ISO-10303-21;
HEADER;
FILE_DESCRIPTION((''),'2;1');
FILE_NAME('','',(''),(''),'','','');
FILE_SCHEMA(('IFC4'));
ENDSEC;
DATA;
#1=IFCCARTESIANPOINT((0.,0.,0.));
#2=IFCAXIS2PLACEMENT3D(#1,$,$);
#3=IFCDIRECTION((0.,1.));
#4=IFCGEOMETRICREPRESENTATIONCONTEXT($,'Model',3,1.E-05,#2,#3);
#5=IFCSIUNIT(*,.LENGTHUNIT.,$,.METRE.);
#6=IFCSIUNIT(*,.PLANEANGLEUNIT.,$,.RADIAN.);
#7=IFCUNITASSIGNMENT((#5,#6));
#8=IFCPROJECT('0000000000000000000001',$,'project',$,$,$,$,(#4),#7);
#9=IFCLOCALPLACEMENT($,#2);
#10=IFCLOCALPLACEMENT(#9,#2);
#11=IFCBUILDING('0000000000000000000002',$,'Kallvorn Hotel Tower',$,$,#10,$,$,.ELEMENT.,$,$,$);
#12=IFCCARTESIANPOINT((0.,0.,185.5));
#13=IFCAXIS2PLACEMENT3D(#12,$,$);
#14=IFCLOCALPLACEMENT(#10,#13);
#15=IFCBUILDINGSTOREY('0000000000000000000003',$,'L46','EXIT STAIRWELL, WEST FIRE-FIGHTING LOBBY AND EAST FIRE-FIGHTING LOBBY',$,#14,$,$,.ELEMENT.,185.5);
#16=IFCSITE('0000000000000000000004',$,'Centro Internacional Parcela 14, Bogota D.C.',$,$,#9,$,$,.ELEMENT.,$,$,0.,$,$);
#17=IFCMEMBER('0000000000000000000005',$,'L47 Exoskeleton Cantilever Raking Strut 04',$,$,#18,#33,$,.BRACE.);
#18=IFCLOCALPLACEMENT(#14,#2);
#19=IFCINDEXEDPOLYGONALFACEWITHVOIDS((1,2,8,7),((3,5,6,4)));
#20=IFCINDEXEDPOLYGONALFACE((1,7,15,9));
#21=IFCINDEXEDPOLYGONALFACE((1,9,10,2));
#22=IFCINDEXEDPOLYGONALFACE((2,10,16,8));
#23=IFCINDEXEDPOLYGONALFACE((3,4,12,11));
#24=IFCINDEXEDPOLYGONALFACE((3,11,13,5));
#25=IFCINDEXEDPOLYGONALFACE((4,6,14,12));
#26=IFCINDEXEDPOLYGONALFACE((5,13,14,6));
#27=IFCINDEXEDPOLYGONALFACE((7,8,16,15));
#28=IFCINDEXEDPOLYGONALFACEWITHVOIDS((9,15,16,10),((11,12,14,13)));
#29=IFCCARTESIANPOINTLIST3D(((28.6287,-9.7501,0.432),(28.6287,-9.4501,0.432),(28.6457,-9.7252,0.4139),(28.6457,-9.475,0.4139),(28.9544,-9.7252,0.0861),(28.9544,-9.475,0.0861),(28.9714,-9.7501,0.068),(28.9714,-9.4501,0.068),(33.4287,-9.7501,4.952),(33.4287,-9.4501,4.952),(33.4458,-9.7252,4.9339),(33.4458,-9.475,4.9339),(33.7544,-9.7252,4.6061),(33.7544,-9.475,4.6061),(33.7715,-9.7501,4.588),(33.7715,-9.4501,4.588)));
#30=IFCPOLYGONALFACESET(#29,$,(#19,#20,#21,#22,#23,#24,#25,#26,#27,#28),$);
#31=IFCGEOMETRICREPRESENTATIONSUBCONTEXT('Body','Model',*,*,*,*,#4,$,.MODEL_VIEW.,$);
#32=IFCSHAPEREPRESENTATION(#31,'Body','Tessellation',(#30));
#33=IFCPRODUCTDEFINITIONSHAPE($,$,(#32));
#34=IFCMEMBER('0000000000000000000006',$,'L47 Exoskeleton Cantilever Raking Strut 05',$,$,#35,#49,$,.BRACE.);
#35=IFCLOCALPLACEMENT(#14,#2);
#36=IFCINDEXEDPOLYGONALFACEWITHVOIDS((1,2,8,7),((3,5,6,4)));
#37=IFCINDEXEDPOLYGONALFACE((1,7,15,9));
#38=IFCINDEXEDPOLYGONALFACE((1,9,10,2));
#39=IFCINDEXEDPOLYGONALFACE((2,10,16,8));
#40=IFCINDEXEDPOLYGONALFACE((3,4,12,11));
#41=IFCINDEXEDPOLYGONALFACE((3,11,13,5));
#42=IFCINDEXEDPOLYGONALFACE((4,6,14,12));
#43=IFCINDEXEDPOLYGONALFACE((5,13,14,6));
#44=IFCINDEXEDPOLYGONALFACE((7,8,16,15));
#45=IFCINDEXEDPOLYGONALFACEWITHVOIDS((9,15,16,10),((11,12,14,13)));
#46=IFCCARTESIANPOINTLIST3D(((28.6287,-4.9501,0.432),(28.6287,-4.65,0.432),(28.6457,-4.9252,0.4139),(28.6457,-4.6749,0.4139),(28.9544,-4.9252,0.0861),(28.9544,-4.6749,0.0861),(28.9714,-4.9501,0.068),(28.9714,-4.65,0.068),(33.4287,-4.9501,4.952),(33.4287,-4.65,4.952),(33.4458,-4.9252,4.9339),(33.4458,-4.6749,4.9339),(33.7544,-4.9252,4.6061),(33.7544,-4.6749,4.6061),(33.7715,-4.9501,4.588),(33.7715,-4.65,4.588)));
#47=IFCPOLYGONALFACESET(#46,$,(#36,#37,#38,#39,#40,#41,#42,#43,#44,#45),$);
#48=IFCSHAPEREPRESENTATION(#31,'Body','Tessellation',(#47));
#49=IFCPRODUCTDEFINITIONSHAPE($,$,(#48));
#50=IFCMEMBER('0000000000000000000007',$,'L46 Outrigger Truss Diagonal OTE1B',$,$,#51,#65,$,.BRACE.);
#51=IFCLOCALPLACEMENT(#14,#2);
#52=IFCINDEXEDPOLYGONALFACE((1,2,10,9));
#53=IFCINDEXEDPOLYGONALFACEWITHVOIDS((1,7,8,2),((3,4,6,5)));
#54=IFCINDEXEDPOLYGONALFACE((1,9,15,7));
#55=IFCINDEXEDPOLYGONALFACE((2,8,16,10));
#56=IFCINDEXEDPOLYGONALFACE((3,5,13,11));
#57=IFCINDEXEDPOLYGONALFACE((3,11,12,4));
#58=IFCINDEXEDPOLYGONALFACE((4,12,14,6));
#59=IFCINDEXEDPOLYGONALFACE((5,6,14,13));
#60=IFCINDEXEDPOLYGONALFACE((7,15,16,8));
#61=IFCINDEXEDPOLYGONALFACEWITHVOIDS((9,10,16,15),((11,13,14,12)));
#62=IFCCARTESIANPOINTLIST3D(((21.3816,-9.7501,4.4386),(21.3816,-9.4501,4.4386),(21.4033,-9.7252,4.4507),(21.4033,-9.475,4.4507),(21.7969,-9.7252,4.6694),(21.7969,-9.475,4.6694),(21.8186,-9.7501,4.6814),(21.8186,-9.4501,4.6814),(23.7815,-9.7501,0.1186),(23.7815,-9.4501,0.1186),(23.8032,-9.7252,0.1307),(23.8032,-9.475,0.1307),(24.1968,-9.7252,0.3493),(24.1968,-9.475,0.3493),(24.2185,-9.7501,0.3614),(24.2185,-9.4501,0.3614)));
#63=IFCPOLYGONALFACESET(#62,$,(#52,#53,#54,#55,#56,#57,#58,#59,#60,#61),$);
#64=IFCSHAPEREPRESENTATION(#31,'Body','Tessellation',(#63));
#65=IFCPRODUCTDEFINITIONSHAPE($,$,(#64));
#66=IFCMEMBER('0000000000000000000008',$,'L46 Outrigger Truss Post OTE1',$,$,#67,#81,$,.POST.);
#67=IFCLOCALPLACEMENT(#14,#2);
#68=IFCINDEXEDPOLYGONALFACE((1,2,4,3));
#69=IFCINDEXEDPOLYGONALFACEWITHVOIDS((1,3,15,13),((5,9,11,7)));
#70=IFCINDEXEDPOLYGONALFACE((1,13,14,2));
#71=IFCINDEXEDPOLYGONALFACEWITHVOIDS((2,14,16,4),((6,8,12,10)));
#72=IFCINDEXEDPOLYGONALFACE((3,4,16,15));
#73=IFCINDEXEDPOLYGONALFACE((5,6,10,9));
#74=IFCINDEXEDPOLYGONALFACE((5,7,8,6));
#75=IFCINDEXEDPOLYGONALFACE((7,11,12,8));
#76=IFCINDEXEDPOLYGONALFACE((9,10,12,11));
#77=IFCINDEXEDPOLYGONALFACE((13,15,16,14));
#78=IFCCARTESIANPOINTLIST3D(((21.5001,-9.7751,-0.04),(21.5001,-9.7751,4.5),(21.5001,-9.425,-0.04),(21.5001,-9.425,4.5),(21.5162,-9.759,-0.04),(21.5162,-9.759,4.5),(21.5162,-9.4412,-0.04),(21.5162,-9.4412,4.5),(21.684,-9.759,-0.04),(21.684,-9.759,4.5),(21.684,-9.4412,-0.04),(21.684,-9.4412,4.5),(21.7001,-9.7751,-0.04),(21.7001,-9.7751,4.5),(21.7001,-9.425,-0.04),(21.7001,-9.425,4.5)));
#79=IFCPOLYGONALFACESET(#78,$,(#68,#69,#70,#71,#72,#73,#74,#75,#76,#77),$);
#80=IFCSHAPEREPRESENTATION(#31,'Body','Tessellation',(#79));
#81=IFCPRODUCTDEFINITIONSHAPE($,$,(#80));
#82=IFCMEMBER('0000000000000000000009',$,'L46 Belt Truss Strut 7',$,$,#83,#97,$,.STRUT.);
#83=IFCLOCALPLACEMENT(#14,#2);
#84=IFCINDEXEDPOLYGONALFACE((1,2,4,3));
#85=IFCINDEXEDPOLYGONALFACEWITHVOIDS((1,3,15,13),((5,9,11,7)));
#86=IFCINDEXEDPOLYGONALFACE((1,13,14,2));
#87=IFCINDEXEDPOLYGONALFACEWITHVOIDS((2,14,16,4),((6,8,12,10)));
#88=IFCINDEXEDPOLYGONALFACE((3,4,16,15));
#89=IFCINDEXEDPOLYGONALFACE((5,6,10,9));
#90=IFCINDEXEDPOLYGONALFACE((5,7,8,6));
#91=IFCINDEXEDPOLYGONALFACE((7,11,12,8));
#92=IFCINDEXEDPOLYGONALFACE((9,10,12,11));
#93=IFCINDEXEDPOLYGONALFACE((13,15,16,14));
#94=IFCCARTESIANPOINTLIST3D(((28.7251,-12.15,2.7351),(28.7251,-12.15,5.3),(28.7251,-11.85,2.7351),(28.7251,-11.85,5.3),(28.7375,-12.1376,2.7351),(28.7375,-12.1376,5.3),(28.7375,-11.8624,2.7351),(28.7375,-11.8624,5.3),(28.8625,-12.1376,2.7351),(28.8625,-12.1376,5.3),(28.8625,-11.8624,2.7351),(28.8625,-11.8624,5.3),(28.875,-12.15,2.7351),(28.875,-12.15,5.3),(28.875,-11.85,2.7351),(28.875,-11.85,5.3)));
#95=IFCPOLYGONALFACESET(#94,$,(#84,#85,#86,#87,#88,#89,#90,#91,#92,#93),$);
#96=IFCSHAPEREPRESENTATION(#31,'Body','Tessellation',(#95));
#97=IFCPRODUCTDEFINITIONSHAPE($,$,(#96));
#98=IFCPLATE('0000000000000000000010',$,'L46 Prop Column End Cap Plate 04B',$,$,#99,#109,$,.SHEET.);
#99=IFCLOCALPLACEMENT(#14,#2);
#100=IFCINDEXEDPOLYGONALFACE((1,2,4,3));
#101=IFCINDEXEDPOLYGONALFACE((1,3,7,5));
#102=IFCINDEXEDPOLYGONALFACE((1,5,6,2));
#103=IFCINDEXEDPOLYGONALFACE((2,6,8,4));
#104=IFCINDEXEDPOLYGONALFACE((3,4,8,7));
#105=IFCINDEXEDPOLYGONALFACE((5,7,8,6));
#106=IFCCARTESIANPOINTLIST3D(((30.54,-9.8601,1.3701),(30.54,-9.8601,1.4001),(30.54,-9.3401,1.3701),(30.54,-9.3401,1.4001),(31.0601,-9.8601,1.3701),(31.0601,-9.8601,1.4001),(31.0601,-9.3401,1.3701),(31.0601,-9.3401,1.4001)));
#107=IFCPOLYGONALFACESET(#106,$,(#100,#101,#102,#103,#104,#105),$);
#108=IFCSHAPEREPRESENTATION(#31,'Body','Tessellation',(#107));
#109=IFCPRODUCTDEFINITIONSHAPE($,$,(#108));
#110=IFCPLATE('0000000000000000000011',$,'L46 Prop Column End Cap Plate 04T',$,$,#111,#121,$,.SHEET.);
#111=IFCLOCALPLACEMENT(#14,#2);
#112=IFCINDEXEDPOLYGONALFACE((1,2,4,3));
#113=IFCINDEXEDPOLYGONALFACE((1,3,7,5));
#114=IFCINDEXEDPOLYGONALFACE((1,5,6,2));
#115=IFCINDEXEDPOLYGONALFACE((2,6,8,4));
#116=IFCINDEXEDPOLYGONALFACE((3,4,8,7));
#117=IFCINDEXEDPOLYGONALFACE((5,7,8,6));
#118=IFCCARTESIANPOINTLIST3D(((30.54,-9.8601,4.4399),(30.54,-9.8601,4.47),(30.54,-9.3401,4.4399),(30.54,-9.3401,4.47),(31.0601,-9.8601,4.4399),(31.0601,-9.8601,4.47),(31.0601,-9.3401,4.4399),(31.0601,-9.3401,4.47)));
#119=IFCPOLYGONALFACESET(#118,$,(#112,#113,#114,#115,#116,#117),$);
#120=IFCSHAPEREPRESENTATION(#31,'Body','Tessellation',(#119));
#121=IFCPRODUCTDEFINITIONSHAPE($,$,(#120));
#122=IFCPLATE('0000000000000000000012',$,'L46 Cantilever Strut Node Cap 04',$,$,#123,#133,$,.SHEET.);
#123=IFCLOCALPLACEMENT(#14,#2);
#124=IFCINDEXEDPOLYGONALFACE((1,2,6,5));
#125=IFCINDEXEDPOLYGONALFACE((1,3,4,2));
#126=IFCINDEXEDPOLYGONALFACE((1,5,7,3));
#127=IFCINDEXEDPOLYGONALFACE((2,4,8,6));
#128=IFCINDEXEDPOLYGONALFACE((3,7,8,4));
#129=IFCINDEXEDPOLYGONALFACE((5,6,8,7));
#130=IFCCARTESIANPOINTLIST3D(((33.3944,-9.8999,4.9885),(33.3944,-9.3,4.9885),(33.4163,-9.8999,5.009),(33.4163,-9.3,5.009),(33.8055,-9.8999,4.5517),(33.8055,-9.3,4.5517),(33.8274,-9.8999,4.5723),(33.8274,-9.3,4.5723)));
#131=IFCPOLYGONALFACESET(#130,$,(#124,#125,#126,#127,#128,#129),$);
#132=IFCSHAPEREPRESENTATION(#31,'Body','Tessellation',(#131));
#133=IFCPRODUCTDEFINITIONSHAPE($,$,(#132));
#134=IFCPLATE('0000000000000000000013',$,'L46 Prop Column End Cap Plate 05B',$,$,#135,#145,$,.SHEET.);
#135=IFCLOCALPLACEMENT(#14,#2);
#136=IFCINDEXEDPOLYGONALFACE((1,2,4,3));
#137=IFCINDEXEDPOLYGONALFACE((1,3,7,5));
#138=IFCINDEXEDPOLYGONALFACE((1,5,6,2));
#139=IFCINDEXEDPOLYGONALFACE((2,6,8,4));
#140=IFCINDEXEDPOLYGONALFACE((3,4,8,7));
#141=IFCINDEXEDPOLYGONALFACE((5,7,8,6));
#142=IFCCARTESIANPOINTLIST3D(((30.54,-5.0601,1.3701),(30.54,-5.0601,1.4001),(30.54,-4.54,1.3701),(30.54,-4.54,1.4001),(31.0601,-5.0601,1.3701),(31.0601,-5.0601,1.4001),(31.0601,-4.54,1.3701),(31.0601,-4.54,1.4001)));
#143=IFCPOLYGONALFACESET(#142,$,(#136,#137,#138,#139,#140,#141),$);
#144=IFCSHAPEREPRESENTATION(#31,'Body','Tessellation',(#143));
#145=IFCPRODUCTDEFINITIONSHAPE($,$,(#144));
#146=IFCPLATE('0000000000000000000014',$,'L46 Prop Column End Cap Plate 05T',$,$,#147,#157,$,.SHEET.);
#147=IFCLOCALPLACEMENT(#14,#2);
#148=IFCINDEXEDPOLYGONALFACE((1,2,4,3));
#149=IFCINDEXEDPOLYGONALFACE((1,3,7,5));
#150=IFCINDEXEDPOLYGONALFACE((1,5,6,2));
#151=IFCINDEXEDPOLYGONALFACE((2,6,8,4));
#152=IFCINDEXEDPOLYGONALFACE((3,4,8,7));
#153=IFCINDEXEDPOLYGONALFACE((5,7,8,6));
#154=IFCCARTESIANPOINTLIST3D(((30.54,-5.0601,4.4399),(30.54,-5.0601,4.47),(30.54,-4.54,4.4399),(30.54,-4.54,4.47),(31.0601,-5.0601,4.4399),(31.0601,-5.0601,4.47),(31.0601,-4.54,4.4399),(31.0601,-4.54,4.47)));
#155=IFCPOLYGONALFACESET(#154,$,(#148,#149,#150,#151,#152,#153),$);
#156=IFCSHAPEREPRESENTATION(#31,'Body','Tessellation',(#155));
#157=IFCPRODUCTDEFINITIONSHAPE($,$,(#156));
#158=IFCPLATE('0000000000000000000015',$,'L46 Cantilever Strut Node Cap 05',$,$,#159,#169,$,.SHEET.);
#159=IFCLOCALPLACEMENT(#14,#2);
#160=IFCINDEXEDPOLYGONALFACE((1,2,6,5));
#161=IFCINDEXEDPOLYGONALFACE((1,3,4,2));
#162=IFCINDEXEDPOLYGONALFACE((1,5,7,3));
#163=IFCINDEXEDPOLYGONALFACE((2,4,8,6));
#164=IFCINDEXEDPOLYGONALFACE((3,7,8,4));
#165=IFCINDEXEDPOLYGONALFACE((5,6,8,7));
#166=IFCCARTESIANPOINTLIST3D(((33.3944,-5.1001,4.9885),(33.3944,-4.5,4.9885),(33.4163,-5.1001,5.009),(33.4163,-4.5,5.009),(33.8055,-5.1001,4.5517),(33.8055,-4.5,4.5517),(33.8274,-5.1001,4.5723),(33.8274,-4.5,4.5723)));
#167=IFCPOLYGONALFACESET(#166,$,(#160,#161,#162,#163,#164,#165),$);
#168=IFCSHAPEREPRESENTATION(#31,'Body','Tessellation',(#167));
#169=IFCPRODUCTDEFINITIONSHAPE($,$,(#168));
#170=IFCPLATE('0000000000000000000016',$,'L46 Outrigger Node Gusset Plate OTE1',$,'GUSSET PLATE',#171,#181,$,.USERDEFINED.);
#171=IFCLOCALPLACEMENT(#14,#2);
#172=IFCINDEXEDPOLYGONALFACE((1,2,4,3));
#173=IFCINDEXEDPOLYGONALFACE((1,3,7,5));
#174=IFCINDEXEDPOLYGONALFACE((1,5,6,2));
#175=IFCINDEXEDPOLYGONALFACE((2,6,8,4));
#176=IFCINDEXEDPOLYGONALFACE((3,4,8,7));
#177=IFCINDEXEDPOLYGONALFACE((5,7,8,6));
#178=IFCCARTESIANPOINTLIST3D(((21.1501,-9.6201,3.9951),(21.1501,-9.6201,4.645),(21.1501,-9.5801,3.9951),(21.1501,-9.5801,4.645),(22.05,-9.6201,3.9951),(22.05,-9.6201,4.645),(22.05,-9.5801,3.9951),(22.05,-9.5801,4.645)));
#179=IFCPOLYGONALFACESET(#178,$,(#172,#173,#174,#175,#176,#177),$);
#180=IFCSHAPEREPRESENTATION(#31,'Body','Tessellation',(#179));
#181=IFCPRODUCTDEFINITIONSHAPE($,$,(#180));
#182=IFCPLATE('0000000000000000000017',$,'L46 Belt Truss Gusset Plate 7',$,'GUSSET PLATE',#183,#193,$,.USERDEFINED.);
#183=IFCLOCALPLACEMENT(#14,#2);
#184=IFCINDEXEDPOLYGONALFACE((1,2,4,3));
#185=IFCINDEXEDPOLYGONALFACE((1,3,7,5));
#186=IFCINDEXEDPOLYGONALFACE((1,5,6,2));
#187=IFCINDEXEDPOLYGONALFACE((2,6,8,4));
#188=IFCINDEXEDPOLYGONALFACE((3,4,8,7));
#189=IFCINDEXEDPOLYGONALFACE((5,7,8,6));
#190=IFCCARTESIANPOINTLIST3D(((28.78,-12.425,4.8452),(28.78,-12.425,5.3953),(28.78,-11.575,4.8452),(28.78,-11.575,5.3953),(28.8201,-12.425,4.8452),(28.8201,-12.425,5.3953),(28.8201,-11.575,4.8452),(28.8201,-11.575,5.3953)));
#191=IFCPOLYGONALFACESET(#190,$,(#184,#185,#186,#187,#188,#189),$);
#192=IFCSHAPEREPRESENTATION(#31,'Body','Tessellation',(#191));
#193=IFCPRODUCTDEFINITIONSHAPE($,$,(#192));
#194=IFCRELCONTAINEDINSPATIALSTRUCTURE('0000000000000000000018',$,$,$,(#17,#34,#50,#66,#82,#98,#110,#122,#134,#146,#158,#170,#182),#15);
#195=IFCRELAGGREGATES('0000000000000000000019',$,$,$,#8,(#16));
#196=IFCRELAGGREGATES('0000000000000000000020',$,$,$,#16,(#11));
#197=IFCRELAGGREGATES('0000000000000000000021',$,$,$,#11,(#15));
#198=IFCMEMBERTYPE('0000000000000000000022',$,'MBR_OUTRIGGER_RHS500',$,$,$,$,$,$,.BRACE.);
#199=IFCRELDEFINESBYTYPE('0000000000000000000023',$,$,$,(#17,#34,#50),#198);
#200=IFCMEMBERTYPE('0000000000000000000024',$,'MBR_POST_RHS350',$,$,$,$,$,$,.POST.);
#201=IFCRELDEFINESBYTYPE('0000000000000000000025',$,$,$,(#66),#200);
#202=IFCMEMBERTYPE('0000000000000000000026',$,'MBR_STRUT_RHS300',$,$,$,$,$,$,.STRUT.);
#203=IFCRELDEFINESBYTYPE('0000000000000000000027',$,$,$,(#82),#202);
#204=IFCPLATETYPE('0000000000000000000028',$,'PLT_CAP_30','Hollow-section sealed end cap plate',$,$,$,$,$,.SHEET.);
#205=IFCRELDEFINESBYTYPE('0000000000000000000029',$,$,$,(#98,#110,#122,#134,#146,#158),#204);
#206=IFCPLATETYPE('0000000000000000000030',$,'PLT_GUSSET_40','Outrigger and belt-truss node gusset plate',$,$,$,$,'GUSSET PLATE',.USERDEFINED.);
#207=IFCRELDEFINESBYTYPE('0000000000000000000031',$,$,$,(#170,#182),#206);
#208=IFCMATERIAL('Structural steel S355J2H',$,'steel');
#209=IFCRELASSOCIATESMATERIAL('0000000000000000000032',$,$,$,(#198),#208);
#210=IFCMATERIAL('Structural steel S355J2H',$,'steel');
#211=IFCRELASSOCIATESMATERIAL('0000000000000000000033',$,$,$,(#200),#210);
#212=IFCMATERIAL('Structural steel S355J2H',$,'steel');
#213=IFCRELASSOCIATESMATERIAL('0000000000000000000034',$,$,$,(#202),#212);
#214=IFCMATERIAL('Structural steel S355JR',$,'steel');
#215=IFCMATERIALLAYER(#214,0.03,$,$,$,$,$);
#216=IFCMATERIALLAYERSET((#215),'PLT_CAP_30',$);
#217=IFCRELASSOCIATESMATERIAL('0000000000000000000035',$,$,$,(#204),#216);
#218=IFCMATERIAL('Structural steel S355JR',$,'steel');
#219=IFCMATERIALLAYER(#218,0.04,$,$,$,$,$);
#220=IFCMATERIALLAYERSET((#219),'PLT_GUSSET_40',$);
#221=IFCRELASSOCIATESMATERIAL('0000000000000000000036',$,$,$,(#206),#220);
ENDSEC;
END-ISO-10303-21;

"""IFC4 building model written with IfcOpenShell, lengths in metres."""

from ifc_helpers import new_model, si_unit, direction, frame, origin, origin_2d, place, context, subcontext, project, spatial, polyline, rectangle, hollow_rectangle, outline, extrude, material, layer, layer_set, material_profile, profile_set, type_object, element, save


model = new_model("IFC4")

# Units and contexts
model_context = context("Model", 3, precision=1e-05, world=origin(), true_north=direction((0.0, 1.0)))
body_context = subcontext(model_context, "Body", "Model", "MODEL_VIEW")
ifc_project = project(units=[si_unit("LENGTHUNIT", "METRE"), si_unit("PLANEANGLEUNIT", "RADIAN")], contexts=[model_context])

# Site, building, storey
site_placement = place(None, origin())
site = spatial("IfcSite", under=ifc_project, at=site_placement, Name="Centro Internacional Parcela 14, Bogota D.C.", CompositionType="ELEMENT", RefElevation=0.0)
building_placement = place(site_placement, origin())
building = spatial("IfcBuilding", under=site, at=building_placement, Name="Kallvorn Hotel Tower", CompositionType="ELEMENT")
storey_placement = place(building_placement, frame((0.0, 0.0, 185.5)))
storey = spatial("IfcBuildingStorey", under=building, at=storey_placement, Name="L46", Description="EXIT STAIRWELL, WEST FIRE-FIGHTING LOBBY AND EAST FIRE-FIGHTING LOBBY", CompositionType="ELEMENT", Elevation=185.5)

# Members
ifc_material_1 = material(Name="Structural steel S355J2H", Category="steel")
ifc_material_profile_1 = material_profile(ifc_material_1, hollow_rectangle(XDim=0.3, YDim=0.5, WallThickness=0.0249, at=origin_2d()), Name="RHS 500x300x25")
ifc_profile_set_1 = profile_set([ifc_material_profile_1], Name="Structural steel S355J2H")
member_type_1 = type_object("IfcMemberType", Name="MBR_OUTRIGGER_RHS500", PredefinedType="BRACE", material=ifc_profile_set_1)
for number, where, z_axis, x_axis, name in (
    (1, (28.8, -9.6001, 0.25), (0.728024, 0.0, 0.685552), (0.0, 1.0, 0.0), "L47 Exoskeleton Cantilever Raking Strut 04"),
    (2, (28.8, -4.8, 0.25), (0.728024, 0.0, 0.685552), (0.0, 1.0, 0.0), "L47 Exoskeleton Cantilever Raking Strut 05"),
):
    element("IfcMember", number, at=place(storey_placement, frame(where, z_axis=z_axis, x_axis=x_axis)), inside=storey, type_object=member_type_1, Name=name, PredefinedType="BRACE", context=body_context, shape_type="SweptSolid", body=[
        extrude(hollow_rectangle(XDim=0.3, YDim=0.5, WallThickness=0.0249, at=origin_2d()), origin(), (0.0, 0.0, 1.0), 6.5933),
    ])
member_1_placement = place(storey_placement, frame((24.0, -9.6001, 0.24), z_axis=(-0.485622, 0.0, 0.874169), x_axis=(0.0, -1.0, 0.0)))
element("IfcMember", 3, at=member_1_placement, inside=storey, type_object=member_type_1, Name="L46 Outrigger Truss Diagonal OTE1B", PredefinedType="BRACE", context=body_context, shape_type="SweptSolid", body=[
    extrude(hollow_rectangle(XDim=0.3, YDim=0.5, WallThickness=0.0249, at=origin_2d()), origin(), (0.0, 0.0, 1.0), 4.9419),
])
ifc_material_2 = material(Name="Structural steel S355J2H", Category="steel")
ifc_material_profile_2 = material_profile(ifc_material_2, hollow_rectangle(XDim=0.2, YDim=0.3501, WallThickness=0.0161, at=origin_2d()), Name="RHS 350x200x16")
ifc_profile_set_2 = profile_set([ifc_material_profile_2], Name="Structural steel S355J2H")
member_type_2 = type_object("IfcMemberType", Name="MBR_POST_RHS350", PredefinedType="POST", material=ifc_profile_set_2)
member_2_placement = place(storey_placement, frame((21.6001, -9.6001, -0.04), z_axis=(0.0, 0.0, 1.0), x_axis=(1.0, 0.0, 0.0)))
element("IfcMember", 4, at=member_2_placement, inside=storey, type_object=member_type_2, Name="L46 Outrigger Truss Post OTE1", PredefinedType="POST", context=body_context, shape_type="SweptSolid", body=[
    extrude(hollow_rectangle(XDim=0.2, YDim=0.3501, WallThickness=0.0161, at=origin_2d()), origin(), (0.0, 0.0, 1.0), 4.54),
])
ifc_material_3 = material(Name="Structural steel S355J2H", Category="steel")
ifc_material_profile_3 = material_profile(ifc_material_3, hollow_rectangle(XDim=0.1499, YDim=0.3, WallThickness=0.0125, at=origin_2d()), Name="RHS 300x150x12.5")
ifc_profile_set_3 = profile_set([ifc_material_profile_3], Name="Structural steel S355J2H")
member_type_3 = type_object("IfcMemberType", Name="MBR_STRUT_RHS300", PredefinedType="STRUT", material=ifc_profile_set_3)
member_3_placement = place(storey_placement, frame((28.8, -12.0, 2.7351), z_axis=(0.0, 0.0, 1.0), x_axis=(1.0, 0.0, 0.0)))
element("IfcMember", 5, at=member_3_placement, inside=storey, type_object=member_type_3, Name="L46 Belt Truss Strut 7", PredefinedType="STRUT", context=body_context, shape_type="SweptSolid", body=[
    extrude(hollow_rectangle(XDim=0.1499, YDim=0.3, WallThickness=0.0125, at=origin_2d()), origin(), (0.0, 0.0, 1.0), 2.5649),
])

# Plates
ifc_material_4 = material(Name="Structural steel S355JR", Category="steel")
ifc_layer_1 = layer(ifc_material_4, 0.03)
ifc_layer_set_1 = layer_set([ifc_layer_1], Name="PLT_CAP_30")
plate_type_1 = type_object("IfcPlateType", Name="PLT_CAP_30", Description="Hollow-section sealed end cap plate", PredefinedType="SHEET", material=ifc_layer_set_1)
for number, where, z_axis, x_axis, name in (
    (6, (30.8, -9.6001, 1.3701), (0.0, 0.0, 1.0), (1.0, 0.0, 0.0), "L46 Prop Column End Cap Plate 04B"),
    (7, (30.8, -9.6001, 4.4399), (0.0, 0.0, 1.0), (1.0, 0.0, 0.0), "L46 Prop Column End Cap Plate 04T"),
):
    element("IfcPlate", number, at=place(storey_placement, frame(where, z_axis=z_axis, x_axis=x_axis)), inside=storey, type_object=plate_type_1, Name=name, PredefinedType="SHEET", context=body_context, shape_type="SweptSolid", body=[
        extrude(rectangle(XDim=0.52, YDim=0.52, at=origin_2d()), origin(), (0.0, 0.0, 1.0), 0.03),
    ])
plate_1_placement = place(storey_placement, frame((33.8274, -9.8999, 4.5723), z_axis=(0.728152, 0.0, 0.685415), x_axis=(0.0, 1.0, 0.0)))
element("IfcPlate", 8, at=plate_1_placement, inside=storey, type_object=plate_type_1, Name="L46 Cantilever Strut Node Cap 04", PredefinedType="SHEET", context=body_context, shape_type="SweptSolid", body=[
    extrude(outline(polyline([(0.0, 0.0), (0.5999, 0.0), (0.5999, 0.5998), (0.0, 0.5998), (0.0, 0.0)])), origin(), (0.0, 0.0, -1.0), 0.03),
])
for number, where, z_axis, x_axis, name in (
    (9, (30.8, -4.8, 1.3701), (0.0, 0.0, 1.0), (1.0, 0.0, 0.0), "L46 Prop Column End Cap Plate 05B"),
    (10, (30.8, -4.8, 4.4399), (0.0, 0.0, 1.0), (1.0, 0.0, 0.0), "L46 Prop Column End Cap Plate 05T"),
):
    element("IfcPlate", number, at=place(storey_placement, frame(where, z_axis=z_axis, x_axis=x_axis)), inside=storey, type_object=plate_type_1, Name=name, PredefinedType="SHEET", context=body_context, shape_type="SweptSolid", body=[
        extrude(rectangle(XDim=0.52, YDim=0.52, at=origin_2d()), origin(), (0.0, 0.0, 1.0), 0.03),
    ])
plate_2_placement = place(storey_placement, frame((33.8274, -5.1001, 4.5723), z_axis=(0.728152, 0.0, 0.685415), x_axis=(0.0, 1.0, 0.0)))
element("IfcPlate", 11, at=plate_2_placement, inside=storey, type_object=plate_type_1, Name="L46 Cantilever Strut Node Cap 05", PredefinedType="SHEET", context=body_context, shape_type="SweptSolid", body=[
    extrude(outline(polyline([(0.0, 0.0), (0.6001, 0.0), (0.6001, 0.5998), (0.0, 0.5998), (0.0, 0.0)])), origin(), (0.0, 0.0, -1.0), 0.03),
])
ifc_material_5 = material(Name="Structural steel S355JR", Category="steel")
ifc_layer_2 = layer(ifc_material_5, 0.04)
ifc_layer_set_2 = layer_set([ifc_layer_2], Name="PLT_GUSSET_40")
plate_type_2 = type_object("IfcPlateType", Name="PLT_GUSSET_40", Description="Outrigger and belt-truss node gusset plate", ElementType="GUSSET PLATE", PredefinedType="USERDEFINED", material=ifc_layer_set_2)
plate_3_placement = place(storey_placement, frame((21.6001, -9.6001, 3.9951), z_axis=(0.0, 0.0, 1.0), x_axis=(1.0, 0.0, 0.0)))
element("IfcPlate", 12, at=plate_3_placement, inside=storey, type_object=plate_type_2, Name="L46 Outrigger Node Gusset Plate OTE1", ObjectType="GUSSET PLATE", PredefinedType="USERDEFINED", context=body_context, shape_type="SweptSolid", body=[
    extrude(rectangle(XDim=0.8999, YDim=0.04, at=origin_2d()), origin(), (0.0, 0.0, 1.0), 0.6499),
])
plate_4_placement = place(storey_placement, frame((28.8, -12.0, 4.8452), z_axis=(0.0, 0.0, 1.0), x_axis=(0.0, 1.0, 0.0)))
element("IfcPlate", 13, at=plate_4_placement, inside=storey, type_object=plate_type_2, Name="L46 Belt Truss Gusset Plate 7", ObjectType="GUSSET PLATE", PredefinedType="USERDEFINED", context=body_context, shape_type="SweptSolid", body=[
    extrude(rectangle(XDim=0.8501, YDim=0.04, at=origin_2d()), origin(), (0.0, 0.0, 1.0), 0.55),
])

save(model, "model.ifc")
